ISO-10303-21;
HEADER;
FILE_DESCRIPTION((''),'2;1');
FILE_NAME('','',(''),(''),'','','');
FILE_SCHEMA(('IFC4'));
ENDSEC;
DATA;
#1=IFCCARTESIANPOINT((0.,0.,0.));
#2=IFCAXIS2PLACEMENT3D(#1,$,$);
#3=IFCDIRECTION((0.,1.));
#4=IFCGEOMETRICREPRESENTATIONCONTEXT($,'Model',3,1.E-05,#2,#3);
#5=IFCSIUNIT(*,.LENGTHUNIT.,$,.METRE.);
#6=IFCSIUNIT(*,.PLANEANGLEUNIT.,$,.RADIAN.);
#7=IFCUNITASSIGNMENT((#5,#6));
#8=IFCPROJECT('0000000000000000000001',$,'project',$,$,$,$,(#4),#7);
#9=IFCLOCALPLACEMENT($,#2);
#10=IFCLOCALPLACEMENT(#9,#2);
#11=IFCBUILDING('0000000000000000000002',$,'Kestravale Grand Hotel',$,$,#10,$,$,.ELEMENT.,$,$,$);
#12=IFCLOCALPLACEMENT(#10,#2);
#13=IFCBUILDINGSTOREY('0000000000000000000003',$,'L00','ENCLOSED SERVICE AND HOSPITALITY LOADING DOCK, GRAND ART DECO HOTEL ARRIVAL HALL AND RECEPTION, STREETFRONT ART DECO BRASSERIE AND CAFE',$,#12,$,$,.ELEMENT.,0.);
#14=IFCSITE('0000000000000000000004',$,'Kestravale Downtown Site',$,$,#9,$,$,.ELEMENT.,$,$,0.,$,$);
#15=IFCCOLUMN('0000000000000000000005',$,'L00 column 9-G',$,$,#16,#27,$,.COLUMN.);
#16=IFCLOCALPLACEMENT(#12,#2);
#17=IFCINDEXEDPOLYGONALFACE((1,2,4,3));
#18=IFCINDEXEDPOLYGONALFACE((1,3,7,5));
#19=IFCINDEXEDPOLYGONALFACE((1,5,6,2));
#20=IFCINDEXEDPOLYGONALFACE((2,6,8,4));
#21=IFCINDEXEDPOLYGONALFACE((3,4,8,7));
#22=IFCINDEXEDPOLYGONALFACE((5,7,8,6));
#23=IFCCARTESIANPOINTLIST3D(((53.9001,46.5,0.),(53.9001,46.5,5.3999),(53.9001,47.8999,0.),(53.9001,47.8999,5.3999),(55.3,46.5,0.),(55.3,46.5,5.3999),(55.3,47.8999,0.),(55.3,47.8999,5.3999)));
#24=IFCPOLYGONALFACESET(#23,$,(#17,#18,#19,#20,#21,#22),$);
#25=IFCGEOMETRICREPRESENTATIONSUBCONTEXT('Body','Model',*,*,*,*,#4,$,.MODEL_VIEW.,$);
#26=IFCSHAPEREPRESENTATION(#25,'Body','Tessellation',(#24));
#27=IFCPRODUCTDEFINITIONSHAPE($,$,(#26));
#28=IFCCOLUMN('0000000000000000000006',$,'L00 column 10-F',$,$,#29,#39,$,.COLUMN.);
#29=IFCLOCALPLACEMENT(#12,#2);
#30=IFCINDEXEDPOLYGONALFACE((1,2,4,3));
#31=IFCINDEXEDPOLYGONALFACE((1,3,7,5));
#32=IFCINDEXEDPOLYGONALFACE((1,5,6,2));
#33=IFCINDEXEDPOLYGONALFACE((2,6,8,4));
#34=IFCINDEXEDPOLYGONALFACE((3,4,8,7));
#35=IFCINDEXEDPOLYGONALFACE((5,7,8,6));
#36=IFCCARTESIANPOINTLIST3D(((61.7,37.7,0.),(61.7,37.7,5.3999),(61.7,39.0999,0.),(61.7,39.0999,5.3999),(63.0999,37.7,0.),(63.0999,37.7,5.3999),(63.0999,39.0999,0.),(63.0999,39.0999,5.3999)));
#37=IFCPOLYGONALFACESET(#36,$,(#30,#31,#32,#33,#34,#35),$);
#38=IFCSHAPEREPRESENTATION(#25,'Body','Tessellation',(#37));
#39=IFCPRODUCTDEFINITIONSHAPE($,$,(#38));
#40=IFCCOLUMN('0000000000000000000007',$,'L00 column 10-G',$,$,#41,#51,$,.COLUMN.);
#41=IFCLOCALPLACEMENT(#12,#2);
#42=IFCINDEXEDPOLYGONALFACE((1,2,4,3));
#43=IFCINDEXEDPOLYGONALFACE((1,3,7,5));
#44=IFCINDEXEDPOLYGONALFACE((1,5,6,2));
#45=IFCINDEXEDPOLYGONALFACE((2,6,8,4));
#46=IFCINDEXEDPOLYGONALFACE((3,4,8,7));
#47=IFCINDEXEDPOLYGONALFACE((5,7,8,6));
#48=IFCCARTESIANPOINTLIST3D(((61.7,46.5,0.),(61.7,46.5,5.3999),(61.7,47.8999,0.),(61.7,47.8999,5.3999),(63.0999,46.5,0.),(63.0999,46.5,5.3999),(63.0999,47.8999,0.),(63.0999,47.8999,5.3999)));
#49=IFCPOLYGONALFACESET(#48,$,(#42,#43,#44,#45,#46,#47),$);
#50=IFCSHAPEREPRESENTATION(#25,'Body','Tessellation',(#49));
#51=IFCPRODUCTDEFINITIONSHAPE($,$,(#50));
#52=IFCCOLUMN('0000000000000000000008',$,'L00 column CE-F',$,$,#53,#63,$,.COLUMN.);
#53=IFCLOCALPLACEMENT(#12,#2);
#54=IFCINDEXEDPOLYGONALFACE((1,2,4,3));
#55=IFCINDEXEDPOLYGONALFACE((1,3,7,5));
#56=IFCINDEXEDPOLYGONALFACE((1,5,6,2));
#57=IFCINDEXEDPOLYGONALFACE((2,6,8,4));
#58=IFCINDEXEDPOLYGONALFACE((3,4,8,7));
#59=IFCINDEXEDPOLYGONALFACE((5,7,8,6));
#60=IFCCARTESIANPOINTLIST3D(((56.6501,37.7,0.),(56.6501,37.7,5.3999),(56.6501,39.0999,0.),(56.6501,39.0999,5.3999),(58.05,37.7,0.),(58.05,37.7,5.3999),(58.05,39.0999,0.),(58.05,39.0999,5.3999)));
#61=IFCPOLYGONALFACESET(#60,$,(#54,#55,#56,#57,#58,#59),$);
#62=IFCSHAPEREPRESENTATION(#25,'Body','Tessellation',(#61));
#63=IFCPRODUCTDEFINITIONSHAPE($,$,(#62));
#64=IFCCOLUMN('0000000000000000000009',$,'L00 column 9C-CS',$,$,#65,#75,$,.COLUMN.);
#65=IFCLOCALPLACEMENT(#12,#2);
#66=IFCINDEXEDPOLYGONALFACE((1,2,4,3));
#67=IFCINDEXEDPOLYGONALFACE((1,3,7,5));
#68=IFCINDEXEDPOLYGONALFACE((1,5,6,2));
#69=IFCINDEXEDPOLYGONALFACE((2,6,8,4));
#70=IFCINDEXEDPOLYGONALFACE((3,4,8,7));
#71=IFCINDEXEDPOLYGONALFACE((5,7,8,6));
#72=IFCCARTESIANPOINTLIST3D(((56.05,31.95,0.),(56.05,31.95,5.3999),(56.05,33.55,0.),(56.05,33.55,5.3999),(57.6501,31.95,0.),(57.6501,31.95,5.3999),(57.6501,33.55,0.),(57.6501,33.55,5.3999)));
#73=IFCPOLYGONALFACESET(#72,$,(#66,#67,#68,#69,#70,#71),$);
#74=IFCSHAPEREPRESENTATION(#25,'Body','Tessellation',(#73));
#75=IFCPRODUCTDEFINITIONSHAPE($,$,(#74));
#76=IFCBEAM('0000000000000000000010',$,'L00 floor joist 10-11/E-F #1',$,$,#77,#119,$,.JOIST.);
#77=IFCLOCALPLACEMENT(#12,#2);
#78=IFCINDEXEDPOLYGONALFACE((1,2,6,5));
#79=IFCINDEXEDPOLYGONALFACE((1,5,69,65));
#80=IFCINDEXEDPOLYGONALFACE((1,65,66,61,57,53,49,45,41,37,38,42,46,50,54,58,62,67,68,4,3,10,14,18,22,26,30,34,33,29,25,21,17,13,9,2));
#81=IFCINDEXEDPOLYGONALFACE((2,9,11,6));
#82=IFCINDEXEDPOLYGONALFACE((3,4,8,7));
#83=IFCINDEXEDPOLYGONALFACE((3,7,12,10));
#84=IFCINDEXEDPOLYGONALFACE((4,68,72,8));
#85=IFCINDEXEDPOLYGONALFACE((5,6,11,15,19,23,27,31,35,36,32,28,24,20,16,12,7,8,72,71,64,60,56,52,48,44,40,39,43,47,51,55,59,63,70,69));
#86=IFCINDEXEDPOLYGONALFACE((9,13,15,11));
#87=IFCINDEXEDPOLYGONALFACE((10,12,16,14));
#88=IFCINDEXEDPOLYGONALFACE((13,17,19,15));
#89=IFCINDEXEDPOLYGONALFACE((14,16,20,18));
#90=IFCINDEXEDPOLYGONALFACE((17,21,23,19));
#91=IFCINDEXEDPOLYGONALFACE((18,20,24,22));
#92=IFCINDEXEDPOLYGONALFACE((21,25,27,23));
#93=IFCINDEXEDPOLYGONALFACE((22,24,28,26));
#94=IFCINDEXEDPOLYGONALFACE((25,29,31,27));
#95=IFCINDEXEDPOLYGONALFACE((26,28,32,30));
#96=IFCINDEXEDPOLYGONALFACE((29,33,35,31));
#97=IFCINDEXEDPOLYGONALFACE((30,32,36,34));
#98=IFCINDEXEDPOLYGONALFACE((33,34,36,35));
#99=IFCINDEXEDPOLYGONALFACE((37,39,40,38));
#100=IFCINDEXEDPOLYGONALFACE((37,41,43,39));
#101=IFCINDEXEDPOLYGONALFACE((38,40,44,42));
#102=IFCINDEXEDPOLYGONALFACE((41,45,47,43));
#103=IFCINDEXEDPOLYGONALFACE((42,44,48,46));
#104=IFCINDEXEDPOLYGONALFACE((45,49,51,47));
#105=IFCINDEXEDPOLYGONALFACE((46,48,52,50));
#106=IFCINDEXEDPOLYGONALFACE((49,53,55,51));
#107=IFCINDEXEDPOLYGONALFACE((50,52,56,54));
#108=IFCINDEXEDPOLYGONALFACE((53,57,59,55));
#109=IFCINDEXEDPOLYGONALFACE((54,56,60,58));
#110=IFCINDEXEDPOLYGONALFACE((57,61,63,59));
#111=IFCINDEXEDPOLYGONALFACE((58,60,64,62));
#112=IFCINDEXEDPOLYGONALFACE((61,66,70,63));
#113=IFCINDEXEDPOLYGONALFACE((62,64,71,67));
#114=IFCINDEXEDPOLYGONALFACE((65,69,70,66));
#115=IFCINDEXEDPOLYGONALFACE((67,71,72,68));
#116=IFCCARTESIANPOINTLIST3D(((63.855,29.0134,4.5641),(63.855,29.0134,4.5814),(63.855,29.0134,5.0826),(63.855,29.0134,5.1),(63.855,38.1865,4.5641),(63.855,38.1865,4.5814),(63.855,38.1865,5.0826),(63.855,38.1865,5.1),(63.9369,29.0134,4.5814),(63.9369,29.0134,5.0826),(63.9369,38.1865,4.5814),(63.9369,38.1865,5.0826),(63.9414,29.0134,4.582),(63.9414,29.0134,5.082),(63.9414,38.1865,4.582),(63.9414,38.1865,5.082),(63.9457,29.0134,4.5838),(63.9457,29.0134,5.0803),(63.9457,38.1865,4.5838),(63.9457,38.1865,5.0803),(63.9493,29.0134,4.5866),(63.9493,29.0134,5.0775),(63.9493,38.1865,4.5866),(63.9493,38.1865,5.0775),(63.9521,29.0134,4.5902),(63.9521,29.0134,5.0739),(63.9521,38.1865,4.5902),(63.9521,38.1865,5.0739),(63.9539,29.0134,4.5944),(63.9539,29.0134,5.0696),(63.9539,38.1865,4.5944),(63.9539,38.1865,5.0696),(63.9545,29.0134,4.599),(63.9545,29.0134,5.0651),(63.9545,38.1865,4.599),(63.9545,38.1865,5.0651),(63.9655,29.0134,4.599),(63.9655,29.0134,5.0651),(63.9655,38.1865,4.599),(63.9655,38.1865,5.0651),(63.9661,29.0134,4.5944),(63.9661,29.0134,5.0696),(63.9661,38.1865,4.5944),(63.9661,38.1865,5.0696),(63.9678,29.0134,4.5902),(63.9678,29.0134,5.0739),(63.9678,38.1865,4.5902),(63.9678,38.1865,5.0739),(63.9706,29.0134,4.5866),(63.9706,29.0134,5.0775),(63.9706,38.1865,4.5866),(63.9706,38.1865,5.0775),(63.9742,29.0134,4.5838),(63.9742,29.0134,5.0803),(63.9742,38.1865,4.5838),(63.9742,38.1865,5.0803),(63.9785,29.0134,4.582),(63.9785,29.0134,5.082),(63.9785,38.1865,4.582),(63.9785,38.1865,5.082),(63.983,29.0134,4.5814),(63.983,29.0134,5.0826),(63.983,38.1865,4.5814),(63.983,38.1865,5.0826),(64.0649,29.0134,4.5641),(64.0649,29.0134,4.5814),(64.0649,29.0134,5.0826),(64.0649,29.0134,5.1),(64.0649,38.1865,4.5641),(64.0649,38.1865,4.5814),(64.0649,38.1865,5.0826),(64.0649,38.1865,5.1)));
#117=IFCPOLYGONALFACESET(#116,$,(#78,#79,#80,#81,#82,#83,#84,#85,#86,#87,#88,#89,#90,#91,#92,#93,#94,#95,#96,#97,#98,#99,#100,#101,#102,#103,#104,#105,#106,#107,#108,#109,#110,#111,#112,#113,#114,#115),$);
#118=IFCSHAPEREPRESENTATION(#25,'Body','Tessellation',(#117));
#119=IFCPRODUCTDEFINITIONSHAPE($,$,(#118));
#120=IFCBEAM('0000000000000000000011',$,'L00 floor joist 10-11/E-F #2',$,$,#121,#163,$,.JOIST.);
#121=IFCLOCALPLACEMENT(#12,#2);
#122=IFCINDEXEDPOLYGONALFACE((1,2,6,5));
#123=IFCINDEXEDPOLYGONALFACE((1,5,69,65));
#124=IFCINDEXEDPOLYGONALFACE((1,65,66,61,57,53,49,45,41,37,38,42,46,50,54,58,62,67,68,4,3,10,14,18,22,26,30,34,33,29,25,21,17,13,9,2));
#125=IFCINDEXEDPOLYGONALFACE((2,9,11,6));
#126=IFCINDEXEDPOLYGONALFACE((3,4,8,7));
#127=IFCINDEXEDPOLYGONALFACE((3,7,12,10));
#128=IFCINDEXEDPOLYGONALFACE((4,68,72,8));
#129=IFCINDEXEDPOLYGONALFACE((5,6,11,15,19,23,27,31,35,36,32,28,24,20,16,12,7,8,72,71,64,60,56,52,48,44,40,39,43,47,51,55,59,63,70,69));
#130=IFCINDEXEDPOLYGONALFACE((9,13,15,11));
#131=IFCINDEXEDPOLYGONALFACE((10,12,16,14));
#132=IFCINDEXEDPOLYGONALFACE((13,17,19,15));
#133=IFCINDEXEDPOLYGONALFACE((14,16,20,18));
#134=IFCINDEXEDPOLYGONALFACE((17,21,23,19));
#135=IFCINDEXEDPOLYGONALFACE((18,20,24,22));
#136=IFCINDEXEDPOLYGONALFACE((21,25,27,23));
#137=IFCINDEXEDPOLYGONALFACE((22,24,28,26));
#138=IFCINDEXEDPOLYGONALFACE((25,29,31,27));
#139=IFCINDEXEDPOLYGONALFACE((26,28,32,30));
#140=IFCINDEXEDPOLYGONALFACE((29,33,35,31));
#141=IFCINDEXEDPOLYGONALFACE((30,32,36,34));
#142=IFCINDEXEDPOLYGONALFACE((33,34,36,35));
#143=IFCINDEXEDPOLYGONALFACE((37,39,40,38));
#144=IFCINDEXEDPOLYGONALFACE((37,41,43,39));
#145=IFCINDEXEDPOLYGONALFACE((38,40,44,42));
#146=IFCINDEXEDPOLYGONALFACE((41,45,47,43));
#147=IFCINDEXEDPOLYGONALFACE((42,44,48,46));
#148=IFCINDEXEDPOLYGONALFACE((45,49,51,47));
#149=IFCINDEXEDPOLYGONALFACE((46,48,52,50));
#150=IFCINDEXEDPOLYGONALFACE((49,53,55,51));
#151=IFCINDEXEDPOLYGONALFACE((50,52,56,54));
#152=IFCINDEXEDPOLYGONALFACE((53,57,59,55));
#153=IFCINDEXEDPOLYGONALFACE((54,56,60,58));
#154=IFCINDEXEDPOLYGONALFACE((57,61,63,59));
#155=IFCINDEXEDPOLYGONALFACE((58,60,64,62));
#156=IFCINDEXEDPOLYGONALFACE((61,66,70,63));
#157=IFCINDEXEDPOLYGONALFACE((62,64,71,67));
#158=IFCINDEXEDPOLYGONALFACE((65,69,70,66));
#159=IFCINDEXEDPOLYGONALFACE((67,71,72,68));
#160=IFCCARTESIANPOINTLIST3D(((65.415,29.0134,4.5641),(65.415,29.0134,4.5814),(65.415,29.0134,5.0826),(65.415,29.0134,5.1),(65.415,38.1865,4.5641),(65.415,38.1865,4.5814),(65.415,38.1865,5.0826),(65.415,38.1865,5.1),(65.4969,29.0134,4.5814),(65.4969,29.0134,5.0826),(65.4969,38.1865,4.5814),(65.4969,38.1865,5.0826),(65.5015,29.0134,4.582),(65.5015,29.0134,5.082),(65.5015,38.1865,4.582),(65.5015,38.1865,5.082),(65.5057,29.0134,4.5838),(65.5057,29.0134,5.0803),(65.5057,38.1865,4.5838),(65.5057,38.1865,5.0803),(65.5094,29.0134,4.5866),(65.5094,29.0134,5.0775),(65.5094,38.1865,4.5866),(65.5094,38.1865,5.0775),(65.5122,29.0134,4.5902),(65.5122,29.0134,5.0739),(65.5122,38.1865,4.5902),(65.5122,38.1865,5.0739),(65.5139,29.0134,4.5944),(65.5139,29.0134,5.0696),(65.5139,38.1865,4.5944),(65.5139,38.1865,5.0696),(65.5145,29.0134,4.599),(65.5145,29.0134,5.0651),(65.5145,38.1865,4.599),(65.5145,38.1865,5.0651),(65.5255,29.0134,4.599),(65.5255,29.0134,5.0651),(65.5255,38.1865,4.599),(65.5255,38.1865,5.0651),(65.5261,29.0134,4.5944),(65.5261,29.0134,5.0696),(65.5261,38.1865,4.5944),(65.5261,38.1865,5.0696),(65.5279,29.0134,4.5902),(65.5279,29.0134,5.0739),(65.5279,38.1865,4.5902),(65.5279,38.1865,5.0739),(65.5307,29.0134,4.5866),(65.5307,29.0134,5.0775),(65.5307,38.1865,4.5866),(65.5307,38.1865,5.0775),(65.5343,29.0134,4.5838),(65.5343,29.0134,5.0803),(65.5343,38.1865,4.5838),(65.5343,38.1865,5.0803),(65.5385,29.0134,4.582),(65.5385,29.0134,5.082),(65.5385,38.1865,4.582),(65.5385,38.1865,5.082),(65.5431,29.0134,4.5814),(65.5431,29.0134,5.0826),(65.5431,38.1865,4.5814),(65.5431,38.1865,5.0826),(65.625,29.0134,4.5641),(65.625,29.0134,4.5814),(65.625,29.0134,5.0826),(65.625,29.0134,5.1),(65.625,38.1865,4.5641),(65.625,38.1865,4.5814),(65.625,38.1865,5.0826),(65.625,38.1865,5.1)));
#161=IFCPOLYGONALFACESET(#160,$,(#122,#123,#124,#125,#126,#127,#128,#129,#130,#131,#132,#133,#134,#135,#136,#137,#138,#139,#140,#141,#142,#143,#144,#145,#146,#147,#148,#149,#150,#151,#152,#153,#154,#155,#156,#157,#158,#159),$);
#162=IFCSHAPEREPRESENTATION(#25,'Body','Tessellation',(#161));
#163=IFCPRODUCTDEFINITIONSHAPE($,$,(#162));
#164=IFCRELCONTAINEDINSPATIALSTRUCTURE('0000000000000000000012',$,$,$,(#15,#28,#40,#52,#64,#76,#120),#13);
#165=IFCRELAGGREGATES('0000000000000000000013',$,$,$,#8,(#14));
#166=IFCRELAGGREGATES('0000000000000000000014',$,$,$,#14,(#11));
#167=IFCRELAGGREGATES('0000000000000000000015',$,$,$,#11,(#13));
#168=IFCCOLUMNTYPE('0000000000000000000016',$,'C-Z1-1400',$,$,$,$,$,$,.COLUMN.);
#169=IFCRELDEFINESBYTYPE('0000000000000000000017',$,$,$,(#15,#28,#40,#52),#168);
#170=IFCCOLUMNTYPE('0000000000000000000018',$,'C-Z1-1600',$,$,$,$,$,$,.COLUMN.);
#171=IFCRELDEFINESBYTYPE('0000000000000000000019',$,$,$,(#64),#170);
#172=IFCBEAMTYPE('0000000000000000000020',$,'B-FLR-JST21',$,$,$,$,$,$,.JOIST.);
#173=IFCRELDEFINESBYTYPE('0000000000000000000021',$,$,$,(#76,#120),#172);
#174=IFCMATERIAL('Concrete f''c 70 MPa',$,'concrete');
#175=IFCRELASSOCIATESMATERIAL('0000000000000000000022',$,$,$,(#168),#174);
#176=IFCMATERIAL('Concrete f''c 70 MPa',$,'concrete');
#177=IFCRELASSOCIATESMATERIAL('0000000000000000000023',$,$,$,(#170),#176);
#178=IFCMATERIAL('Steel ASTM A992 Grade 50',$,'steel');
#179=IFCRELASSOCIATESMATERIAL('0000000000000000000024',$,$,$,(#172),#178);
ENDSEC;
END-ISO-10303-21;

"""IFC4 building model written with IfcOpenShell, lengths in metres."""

from ifc_helpers import new_model, si_unit, direction, frame, origin, origin_2d, place, context, subcontext, project, spatial, rectangle, i_section, extrude, material, material_profile, profile_set, type_object, element, save


model = new_model("IFC4")

# Units and contexts
model_context = context("Model", 3, precision=1e-05, world=origin(), true_north=direction((0.0, 1.0)))
body_context = subcontext(model_context, "Body", "Model", "MODEL_VIEW")
ifc_project = project(units=[si_unit("LENGTHUNIT", "METRE"), si_unit("PLANEANGLEUNIT", "RADIAN")], contexts=[model_context])

# Site, building, storey
site_placement = place(None, origin())
site = spatial("IfcSite", under=ifc_project, at=site_placement, Name="Kestravale Downtown Site", CompositionType="ELEMENT", RefElevation=0.0)
building_placement = place(site_placement, origin())
building = spatial("IfcBuilding", under=site, at=building_placement, Name="Kestravale Grand Hotel", CompositionType="ELEMENT")
storey_placement = place(building_placement, origin())
storey = spatial("IfcBuildingStorey", under=building, at=storey_placement, Name="L00", Description="ENCLOSED SERVICE AND HOSPITALITY LOADING DOCK, GRAND ART DECO HOTEL ARRIVAL HALL AND RECEPTION, STREETFRONT ART DECO BRASSERIE AND CAFE", CompositionType="ELEMENT", Elevation=0.0)

# Columns
ifc_material_1 = material(Name="Concrete f'c 70 MPa", Category="concrete")
ifc_material_profile_1 = material_profile(ifc_material_1, rectangle(XDim=1.3999, YDim=1.3999, at=origin_2d()))
ifc_profile_set_1 = profile_set([ifc_material_profile_1], Name="Concrete f'c 70 MPa")
column_type_1 = type_object("IfcColumnType", Name="C-Z1-1400", PredefinedType="COLUMN", material=ifc_profile_set_1)
for number, where, z_axis, x_axis, name in (
    (1, (54.6001, 47.2, 0.0), (0.0, 0.0, 1.0), (1.0, 0.0, 0.0), "L00 column 9-G"),
    (2, (62.3999, 38.3999, 0.0), (0.0, 0.0, 1.0), (1.0, 0.0, 0.0), "L00 column 10-F"),
    (3, (62.3999, 47.2, 0.0), (0.0, 0.0, 1.0), (1.0, 0.0, 0.0), "L00 column 10-G"),
    (4, (57.3501, 38.3999, 0.0), (0.0, 0.0, 1.0), (1.0, 0.0, 0.0), "L00 column CE-F"),
):
    element("IfcColumn", number, at=place(storey_placement, frame(where, z_axis=z_axis, x_axis=x_axis)), inside=storey, type_object=column_type_1, Name=name, PredefinedType="COLUMN", context=body_context, shape_type="SweptSolid", body=[
        extrude(rectangle(XDim=1.3999, YDim=1.3999, at=origin_2d()), origin(), (0.0, 0.0, 1.0), 5.3999),
    ])
ifc_material_2 = material(Name="Concrete f'c 70 MPa", Category="concrete")
ifc_material_profile_2 = material_profile(ifc_material_2, rectangle(XDim=1.6001, YDim=1.6001, at=origin_2d()))
ifc_profile_set_2 = profile_set([ifc_material_profile_2], Name="Concrete f'c 70 MPa")
column_type_2 = type_object("IfcColumnType", Name="C-Z1-1600", PredefinedType="COLUMN", material=ifc_profile_set_2)
column_placement = place(storey_placement, frame((56.8501, 32.75, 0.0), z_axis=(0.0, 0.0, 1.0), x_axis=(1.0, 0.0, 0.0)))
element("IfcColumn", 5, at=column_placement, inside=storey, type_object=column_type_2, Name="L00 column 9C-CS", PredefinedType="COLUMN", context=body_context, shape_type="SweptSolid", body=[
    extrude(rectangle(XDim=1.6001, YDim=1.6001, at=origin_2d()), origin(), (0.0, 0.0, 1.0), 5.3999),
])

# Beams
ifc_material_3 = material(Name="Steel ASTM A992 Grade 50", Category="steel")
ifc_material_profile_3 = material_profile(ifc_material_3, i_section(OverallWidth=0.21, OverallDepth=0.5359, WebThickness=0.011, FlangeThickness=0.0173, FilletRadius=0.0176, at=origin_2d()))
ifc_profile_set_3 = profile_set([ifc_material_profile_3], Name="Steel ASTM A992 Grade 50")
beam_type_1 = type_object("IfcBeamType", Name="B-FLR-JST21", PredefinedType="JOIST", material=ifc_profile_set_3)
for number, where, z_axis, x_axis, name in (
    (6, (63.96, 29.0134, 4.832), (0.0, 1.0, 0.0), (-1.0, 0.0, 0.0), "L00 floor joist 10-11/E-F #1"),
    (7, (65.52, 29.0134, 4.832), (0.0, 1.0, 0.0), (-1.0, 0.0, 0.0), "L00 floor joist 10-11/E-F #2"),
):
    element("IfcBeam", number, at=place(storey_placement, frame(where, z_axis=z_axis, x_axis=x_axis)), inside=storey, type_object=beam_type_1, Name=name, PredefinedType="JOIST", context=body_context, shape_type="SweptSolid", body=[
        extrude(i_section(OverallWidth=0.21, OverallDepth=0.5359, WebThickness=0.011, FlangeThickness=0.0173, FilletRadius=0.0176, at=origin_2d()), origin(), (0.0, 0.0, 1.0), 9.1731),
    ])

save(model, "model.ifc")
